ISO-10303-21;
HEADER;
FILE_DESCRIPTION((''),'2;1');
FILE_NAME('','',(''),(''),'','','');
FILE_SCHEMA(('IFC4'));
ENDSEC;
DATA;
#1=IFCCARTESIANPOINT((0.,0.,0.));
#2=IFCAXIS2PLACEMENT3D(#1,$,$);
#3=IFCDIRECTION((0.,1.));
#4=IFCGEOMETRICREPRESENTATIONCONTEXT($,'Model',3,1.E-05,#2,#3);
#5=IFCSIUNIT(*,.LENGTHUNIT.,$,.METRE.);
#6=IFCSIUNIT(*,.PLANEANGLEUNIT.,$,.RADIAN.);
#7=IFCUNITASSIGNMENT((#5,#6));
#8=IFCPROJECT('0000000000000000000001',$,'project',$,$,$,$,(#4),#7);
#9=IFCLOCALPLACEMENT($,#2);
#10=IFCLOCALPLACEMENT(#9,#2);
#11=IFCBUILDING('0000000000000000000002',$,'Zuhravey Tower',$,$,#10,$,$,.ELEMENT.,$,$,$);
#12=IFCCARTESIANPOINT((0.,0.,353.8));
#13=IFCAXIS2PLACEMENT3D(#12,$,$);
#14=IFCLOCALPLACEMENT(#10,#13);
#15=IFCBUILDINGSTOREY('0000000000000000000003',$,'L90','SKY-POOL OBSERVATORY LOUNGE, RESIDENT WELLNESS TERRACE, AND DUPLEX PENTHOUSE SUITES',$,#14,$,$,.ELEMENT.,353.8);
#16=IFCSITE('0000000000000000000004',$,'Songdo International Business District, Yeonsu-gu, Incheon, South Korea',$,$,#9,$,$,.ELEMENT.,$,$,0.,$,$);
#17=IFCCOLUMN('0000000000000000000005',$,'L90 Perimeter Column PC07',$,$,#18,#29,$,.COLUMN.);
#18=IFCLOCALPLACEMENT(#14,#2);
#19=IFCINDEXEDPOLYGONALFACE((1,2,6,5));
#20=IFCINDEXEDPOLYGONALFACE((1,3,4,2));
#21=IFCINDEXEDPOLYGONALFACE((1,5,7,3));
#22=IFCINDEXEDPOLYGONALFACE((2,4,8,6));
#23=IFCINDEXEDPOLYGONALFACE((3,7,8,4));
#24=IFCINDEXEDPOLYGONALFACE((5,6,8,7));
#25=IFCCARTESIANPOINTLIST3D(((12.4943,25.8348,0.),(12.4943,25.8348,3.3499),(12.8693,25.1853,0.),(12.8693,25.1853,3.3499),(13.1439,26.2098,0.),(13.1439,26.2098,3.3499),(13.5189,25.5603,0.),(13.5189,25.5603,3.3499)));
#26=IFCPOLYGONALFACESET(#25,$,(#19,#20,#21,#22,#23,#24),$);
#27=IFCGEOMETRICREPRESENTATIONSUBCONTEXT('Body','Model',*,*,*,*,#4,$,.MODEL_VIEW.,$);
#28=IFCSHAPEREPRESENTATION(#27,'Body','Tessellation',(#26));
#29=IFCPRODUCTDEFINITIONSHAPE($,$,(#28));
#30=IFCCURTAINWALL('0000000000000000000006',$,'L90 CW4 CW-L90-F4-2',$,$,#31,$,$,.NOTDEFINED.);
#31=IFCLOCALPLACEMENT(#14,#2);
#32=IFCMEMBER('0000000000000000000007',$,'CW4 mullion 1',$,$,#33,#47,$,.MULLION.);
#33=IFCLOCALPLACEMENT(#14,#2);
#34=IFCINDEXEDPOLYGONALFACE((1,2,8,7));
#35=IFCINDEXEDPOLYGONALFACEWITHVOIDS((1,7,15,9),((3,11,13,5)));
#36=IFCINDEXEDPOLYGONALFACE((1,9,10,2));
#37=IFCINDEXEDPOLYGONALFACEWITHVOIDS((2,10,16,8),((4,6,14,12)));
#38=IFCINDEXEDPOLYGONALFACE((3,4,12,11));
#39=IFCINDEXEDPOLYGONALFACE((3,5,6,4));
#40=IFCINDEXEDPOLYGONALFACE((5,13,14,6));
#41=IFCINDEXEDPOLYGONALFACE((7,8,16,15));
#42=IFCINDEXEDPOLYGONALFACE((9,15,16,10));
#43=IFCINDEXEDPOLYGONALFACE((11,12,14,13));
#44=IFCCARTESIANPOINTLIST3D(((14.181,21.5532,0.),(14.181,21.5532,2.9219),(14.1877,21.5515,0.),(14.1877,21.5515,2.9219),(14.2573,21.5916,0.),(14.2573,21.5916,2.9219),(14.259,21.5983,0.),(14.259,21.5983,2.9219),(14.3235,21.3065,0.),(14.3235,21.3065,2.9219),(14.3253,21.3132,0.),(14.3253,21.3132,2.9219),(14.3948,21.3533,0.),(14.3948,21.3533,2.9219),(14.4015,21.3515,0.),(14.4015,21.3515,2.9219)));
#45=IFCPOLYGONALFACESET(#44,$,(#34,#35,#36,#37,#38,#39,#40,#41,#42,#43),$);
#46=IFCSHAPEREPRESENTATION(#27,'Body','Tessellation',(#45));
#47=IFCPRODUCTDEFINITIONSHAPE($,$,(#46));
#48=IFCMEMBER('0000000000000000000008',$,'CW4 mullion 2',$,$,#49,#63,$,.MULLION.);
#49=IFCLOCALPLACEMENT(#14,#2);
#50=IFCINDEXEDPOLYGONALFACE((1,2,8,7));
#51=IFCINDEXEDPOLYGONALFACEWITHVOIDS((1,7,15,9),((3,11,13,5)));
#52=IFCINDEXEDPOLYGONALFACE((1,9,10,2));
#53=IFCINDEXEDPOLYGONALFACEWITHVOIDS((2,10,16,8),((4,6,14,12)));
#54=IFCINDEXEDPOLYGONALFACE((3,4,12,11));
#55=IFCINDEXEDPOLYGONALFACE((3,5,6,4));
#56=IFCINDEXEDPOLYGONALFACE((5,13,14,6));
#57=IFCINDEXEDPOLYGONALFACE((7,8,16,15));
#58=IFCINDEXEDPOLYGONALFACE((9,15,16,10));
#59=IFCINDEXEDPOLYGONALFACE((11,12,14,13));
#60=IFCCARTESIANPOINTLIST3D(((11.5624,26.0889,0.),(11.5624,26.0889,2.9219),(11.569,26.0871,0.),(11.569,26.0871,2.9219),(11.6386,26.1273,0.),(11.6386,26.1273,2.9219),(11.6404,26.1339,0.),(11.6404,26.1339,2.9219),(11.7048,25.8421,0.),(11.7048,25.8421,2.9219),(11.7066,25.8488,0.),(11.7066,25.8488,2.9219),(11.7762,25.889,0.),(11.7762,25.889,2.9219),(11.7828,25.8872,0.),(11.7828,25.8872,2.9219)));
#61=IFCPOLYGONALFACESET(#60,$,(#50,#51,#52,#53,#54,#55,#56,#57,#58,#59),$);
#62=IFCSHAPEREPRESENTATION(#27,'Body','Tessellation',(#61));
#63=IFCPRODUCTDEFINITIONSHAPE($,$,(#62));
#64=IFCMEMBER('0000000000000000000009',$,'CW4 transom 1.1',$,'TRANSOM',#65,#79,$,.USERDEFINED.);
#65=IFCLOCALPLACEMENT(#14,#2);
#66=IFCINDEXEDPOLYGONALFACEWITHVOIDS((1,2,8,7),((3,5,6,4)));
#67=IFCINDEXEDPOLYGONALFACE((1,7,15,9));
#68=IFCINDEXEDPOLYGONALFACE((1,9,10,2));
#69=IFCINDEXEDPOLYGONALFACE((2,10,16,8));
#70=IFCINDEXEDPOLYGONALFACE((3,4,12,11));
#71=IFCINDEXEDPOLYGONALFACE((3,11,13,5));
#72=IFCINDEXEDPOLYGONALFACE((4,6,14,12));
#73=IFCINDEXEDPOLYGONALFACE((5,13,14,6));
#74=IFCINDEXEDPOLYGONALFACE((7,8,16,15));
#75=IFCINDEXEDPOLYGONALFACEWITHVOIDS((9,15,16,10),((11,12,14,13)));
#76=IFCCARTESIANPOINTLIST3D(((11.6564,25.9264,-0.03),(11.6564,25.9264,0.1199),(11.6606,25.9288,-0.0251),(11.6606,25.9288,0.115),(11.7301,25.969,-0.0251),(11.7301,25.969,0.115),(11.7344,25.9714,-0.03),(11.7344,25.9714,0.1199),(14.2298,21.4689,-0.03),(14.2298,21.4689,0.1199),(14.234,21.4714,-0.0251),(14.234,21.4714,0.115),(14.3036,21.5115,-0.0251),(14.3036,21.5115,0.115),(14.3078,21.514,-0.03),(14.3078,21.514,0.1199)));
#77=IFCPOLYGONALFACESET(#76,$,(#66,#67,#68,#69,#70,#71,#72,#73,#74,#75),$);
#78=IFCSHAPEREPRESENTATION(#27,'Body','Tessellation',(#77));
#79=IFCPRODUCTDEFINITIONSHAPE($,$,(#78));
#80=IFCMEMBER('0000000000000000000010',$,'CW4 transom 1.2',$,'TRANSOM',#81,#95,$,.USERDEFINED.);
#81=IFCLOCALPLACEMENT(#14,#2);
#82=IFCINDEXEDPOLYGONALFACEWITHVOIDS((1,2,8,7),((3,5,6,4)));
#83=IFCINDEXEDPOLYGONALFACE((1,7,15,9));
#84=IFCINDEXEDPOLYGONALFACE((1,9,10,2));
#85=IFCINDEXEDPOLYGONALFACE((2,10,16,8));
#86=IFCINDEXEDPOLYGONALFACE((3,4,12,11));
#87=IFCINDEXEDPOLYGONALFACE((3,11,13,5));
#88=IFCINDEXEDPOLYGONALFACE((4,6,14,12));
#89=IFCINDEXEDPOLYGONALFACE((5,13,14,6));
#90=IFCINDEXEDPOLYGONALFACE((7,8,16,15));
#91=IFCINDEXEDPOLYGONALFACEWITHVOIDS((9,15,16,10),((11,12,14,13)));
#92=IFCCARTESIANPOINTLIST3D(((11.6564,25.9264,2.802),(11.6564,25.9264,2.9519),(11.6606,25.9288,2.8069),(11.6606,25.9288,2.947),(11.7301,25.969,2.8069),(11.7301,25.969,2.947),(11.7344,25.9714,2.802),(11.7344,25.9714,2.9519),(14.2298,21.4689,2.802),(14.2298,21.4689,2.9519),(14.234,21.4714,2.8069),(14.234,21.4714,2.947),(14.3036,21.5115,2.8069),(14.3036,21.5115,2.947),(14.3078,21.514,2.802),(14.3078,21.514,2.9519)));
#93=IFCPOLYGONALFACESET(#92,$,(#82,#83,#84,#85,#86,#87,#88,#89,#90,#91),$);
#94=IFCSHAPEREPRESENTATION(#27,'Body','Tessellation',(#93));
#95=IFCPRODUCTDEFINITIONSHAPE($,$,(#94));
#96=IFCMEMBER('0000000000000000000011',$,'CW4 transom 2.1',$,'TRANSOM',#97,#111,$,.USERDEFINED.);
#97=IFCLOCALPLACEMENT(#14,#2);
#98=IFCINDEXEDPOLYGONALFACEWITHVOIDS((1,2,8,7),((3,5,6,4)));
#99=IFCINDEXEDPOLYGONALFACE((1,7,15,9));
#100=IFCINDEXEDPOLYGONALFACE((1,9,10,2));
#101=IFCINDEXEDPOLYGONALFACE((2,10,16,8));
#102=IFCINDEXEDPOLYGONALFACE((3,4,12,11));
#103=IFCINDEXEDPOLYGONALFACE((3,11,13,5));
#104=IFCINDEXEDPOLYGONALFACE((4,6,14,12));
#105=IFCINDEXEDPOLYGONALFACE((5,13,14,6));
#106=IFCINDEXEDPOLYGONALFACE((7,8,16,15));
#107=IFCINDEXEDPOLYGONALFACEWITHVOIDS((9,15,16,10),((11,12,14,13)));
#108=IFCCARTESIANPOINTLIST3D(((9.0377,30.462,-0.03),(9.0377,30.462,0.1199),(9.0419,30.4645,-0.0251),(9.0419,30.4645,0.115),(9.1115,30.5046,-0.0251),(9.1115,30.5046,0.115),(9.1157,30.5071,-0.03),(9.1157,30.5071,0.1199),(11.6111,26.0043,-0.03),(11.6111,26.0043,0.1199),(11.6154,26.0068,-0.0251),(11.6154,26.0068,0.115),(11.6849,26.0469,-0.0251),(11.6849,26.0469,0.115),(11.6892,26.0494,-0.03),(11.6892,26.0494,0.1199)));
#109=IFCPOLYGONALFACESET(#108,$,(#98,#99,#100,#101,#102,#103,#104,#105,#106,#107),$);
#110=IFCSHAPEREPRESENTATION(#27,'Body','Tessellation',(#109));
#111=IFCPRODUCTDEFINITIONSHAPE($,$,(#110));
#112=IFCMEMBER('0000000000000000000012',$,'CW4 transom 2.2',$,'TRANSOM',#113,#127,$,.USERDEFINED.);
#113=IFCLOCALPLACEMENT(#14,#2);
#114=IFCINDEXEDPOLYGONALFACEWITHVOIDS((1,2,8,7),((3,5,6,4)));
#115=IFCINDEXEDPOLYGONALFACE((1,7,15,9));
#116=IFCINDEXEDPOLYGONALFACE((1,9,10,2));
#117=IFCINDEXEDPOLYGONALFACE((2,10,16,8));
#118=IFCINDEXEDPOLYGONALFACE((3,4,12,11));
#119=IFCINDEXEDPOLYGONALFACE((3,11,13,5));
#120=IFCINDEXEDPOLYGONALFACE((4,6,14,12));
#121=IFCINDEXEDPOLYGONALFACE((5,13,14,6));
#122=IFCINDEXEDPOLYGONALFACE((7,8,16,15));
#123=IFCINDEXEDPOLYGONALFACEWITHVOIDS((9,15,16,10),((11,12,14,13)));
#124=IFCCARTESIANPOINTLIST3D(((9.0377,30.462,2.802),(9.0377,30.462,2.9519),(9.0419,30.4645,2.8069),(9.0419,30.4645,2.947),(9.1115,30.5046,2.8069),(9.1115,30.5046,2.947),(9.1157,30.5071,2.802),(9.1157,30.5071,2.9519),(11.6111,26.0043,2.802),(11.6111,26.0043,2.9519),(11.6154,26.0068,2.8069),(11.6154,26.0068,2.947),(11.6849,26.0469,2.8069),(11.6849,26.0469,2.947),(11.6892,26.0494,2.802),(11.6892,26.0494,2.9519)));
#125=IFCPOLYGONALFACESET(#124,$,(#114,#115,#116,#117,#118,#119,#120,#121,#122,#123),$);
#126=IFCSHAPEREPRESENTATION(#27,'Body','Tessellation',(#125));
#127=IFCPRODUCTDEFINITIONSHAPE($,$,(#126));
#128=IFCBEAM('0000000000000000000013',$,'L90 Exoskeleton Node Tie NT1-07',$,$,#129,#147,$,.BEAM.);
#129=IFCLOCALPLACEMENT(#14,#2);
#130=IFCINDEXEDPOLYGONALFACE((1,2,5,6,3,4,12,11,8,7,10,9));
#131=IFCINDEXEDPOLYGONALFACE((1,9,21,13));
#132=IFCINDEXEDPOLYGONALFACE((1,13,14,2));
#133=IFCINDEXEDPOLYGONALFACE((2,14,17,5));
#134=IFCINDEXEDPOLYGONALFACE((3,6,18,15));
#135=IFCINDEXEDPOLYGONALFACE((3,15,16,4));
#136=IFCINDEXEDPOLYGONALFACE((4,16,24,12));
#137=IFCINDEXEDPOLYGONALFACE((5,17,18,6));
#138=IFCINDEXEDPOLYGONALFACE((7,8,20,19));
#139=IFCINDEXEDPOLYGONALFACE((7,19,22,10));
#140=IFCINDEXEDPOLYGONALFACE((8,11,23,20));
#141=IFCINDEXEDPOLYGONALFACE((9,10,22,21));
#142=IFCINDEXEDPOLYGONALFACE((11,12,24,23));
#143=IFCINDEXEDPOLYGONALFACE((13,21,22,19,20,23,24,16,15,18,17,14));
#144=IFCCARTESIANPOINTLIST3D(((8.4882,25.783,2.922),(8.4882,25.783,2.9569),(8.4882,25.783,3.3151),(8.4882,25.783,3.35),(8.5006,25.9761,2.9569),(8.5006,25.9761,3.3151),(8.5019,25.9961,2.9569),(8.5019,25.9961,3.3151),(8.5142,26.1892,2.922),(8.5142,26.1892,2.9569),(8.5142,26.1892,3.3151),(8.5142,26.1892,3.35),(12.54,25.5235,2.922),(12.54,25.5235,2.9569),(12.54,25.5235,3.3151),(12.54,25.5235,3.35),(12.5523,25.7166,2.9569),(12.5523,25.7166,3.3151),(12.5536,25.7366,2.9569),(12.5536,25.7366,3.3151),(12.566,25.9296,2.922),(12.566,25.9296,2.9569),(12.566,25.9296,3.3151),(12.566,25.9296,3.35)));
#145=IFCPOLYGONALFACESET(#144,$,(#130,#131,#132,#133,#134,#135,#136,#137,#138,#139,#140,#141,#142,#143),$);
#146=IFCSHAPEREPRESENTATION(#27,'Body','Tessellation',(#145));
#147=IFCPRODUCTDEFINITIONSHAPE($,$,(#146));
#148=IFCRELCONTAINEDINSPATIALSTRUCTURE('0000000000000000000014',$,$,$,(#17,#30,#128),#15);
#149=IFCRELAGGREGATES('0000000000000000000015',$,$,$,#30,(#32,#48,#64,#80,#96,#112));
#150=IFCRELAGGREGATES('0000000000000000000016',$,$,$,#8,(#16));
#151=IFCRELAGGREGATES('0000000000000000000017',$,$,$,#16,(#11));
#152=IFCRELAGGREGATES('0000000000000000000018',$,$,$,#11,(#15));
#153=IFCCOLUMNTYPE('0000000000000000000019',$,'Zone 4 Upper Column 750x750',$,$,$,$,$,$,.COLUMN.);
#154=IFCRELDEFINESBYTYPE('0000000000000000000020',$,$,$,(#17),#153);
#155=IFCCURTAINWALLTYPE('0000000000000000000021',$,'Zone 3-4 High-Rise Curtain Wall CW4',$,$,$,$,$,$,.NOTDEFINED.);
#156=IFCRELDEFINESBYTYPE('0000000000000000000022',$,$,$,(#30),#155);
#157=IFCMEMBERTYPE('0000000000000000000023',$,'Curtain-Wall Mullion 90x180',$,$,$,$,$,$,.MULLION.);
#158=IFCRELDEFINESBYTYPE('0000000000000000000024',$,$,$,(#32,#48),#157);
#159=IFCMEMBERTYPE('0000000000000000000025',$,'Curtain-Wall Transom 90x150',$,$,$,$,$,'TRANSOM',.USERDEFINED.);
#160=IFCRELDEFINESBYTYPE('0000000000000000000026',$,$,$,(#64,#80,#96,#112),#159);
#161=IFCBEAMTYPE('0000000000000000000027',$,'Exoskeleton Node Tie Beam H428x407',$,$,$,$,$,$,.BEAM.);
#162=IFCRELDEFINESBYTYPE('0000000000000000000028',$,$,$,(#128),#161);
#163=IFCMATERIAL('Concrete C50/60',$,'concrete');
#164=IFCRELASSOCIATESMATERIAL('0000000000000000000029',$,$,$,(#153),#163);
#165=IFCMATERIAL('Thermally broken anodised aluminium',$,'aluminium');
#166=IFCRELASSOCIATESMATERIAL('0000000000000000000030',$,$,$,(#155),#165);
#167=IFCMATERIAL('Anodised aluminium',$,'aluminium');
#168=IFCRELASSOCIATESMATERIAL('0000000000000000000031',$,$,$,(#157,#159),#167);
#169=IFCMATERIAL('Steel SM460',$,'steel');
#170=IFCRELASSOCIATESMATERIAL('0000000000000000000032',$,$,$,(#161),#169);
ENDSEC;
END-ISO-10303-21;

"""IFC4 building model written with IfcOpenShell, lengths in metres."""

from ifc_helpers import new_model, si_unit, direction, frame, origin, origin_2d, place, context, subcontext, project, spatial, rectangle, hollow_rectangle, i_section, extrude, material, material_profile, profile_set, type_object, element, aggregate, save


model = new_model("IFC4")

# Units and contexts
model_context = context("Model", 3, precision=1e-05, world=origin(), true_north=direction((0.0, 1.0)))
body_context = subcontext(model_context, "Body", "Model", "MODEL_VIEW")
ifc_project = project(units=[si_unit("LENGTHUNIT", "METRE"), si_unit("PLANEANGLEUNIT", "RADIAN")], contexts=[model_context])

# Site, building, storey
site_placement = place(None, origin())
site = spatial("IfcSite", under=ifc_project, at=site_placement, Name="Songdo International Business District, Yeonsu-gu, Incheon, South Korea", CompositionType="ELEMENT", RefElevation=0.0)
building_placement = place(site_placement, origin())
building = spatial("IfcBuilding", under=site, at=building_placement, Name="Zuhravey Tower", CompositionType="ELEMENT")
storey_placement = place(building_placement, frame((0.0, 0.0, 353.8)))
storey = spatial("IfcBuildingStorey", under=building, at=storey_placement, Name="L90", Description="SKY-POOL OBSERVATORY LOUNGE, RESIDENT WELLNESS TERRACE, AND DUPLEX PENTHOUSE SUITES", CompositionType="ELEMENT", Elevation=353.8)

# Column
ifc_material_1 = material(Name="Concrete C50/60", Category="concrete")
ifc_material_profile_1 = material_profile(ifc_material_1, rectangle(XDim=0.75, YDim=0.75, at=origin_2d()), Name="RC-750x750")
ifc_profile_set_1 = profile_set([ifc_material_profile_1], Name="Concrete C50/60")
column_type = type_object("IfcColumnType", Name="Zone 4 Upper Column 750x750", PredefinedType="COLUMN", material=ifc_profile_set_1)
column_placement = place(storey_placement, frame((13.0066, 25.6975, 0.0), z_axis=(0.0, 0.0, 1.0), x_axis=(0.5, -0.866025, 0.0)))
element("IfcColumn", 1, at=column_placement, inside=storey, type_object=column_type, Name="L90 Perimeter Column PC07", PredefinedType="COLUMN", context=body_context, shape_type="SweptSolid", body=[
    extrude(rectangle(XDim=0.75, YDim=0.75, at=origin_2d()), origin(), (0.0, 0.0, 1.0), 3.3499),
])

# Curtain wall, members
ifc_material_2 = material(Name="Thermally broken anodised aluminium", Category="aluminium")
curtain_wall_type = type_object("IfcCurtainWallType", Name="Zone 3-4 High-Rise Curtain Wall CW4", PredefinedType="NOTDEFINED", material=ifc_material_2)
curtain_wall_placement = place(storey_placement, origin())
curtain_wall = element("IfcCurtainWall", 2, at=curtain_wall_placement, inside=storey, type_object=curtain_wall_type, Name="L90 CW4 CW-L90-F4-2", PredefinedType="NOTDEFINED")
ifc_material_3 = material(Name="Anodised aluminium", Category="aluminium")
ifc_material_profile_2 = material_profile(ifc_material_3, hollow_rectangle(XDim=0.0901, YDim=0.2849, WallThickness=0.0049, at=origin_2d()), Name="ALU-RHS-90x285x5")
ifc_profile_set_2 = profile_set([ifc_material_profile_2], Name="Anodised aluminium")
member_type_1 = type_object("IfcMemberType", Name="Curtain-Wall Mullion 90x180", PredefinedType="MULLION", material=ifc_profile_set_2)
member_1_placement = place(storey_placement, frame((14.2913, 21.4524, 0.0), z_axis=(0.0, 0.0, 1.0), x_axis=(-0.866024, -0.500002, 0.0)))
member_1 = element("IfcMember", 3, at=member_1_placement, type_object=member_type_1, Name="CW4 mullion 1", PredefinedType="MULLION", context=body_context, shape_type="SweptSolid", body=[
    extrude(hollow_rectangle(XDim=0.0901, YDim=0.2849, WallThickness=0.0049, at=origin_2d()), origin(), (0.0, 0.0, 1.0), 2.9219),
])
member_2_placement = place(storey_placement, frame((11.6726, 25.988, 0.0), z_axis=(0.0, 0.0, 1.0), x_axis=(-0.866024, -0.500002, 0.0)))
member_2 = element("IfcMember", 4, at=member_2_placement, type_object=member_type_1, Name="CW4 mullion 2", PredefinedType="MULLION", context=body_context, shape_type="SweptSolid", body=[
    extrude(hollow_rectangle(XDim=0.0901, YDim=0.2849, WallThickness=0.0049, at=origin_2d()), origin(), (0.0, 0.0, 1.0), 2.9219),
])
ifc_material_profile_3 = material_profile(ifc_material_3, hollow_rectangle(XDim=0.0901, YDim=0.1499, WallThickness=0.0049, at=origin_2d()), Name="ALU-RHS-90x150x5")
ifc_profile_set_3 = profile_set([ifc_material_profile_3], Name="Anodised aluminium")
member_type_2 = type_object("IfcMemberType", Name="Curtain-Wall Transom 90x150", ElementType="TRANSOM", PredefinedType="USERDEFINED", material=ifc_profile_set_3)
member_3_placement = place(storey_placement, frame((14.2688, 21.4915, 0.0449), z_axis=(-0.499991, 0.866031, 0.0), x_axis=(-0.866031, -0.499991, 0.0)))
member_3 = element("IfcMember", 5, at=member_3_placement, type_object=member_type_2, Name="CW4 transom 1.1", ObjectType="TRANSOM", PredefinedType="USERDEFINED", context=body_context, shape_type="SweptSolid", body=[
    extrude(hollow_rectangle(XDim=0.0901, YDim=0.1499, WallThickness=0.0049, at=origin_2d()), origin(), (0.0, 0.0, 1.0), 5.147),
])
member_4_placement = place(storey_placement, frame((14.2688, 21.4915, 2.877), z_axis=(-0.499991, 0.866031, 0.0), x_axis=(-0.866031, -0.499991, 0.0)))
member_4 = element("IfcMember", 6, at=member_4_placement, type_object=member_type_2, Name="CW4 transom 1.2", ObjectType="TRANSOM", PredefinedType="USERDEFINED", context=body_context, shape_type="SweptSolid", body=[
    extrude(hollow_rectangle(XDim=0.0901, YDim=0.1499, WallThickness=0.0049, at=origin_2d()), origin(), (0.0, 0.0, 1.0), 5.147),
])
member_5_placement = place(storey_placement, frame((11.6501, 26.0269, 0.0449), z_axis=(-0.49997, 0.866043, 0.0), x_axis=(-0.866043, -0.49997, 0.0)))
member_5 = element("IfcMember", 7, at=member_5_placement, type_object=member_type_2, Name="CW4 transom 2.1", ObjectType="TRANSOM", PredefinedType="USERDEFINED", context=body_context, shape_type="SweptSolid", body=[
    extrude(hollow_rectangle(XDim=0.0901, YDim=0.1499, WallThickness=0.0049, at=origin_2d()), origin(), (0.0, 0.0, 1.0), 5.1472),
])
member_6_placement = place(storey_placement, frame((11.6501, 26.0269, 2.877), z_axis=(-0.49997, 0.866043, 0.0), x_axis=(-0.866043, -0.49997, 0.0)))
member_6 = element("IfcMember", 8, at=member_6_placement, type_object=member_type_2, Name="CW4 transom 2.2", ObjectType="TRANSOM", PredefinedType="USERDEFINED", context=body_context, shape_type="SweptSolid", body=[
    extrude(hollow_rectangle(XDim=0.0901, YDim=0.1499, WallThickness=0.0049, at=origin_2d()), origin(), (0.0, 0.0, 1.0), 5.1472),
])

# Beam
ifc_material_4 = material(Name="Steel SM460", Category="steel")
ifc_material_profile_4 = material_profile(ifc_material_4, i_section(OverallWidth=0.407, OverallDepth=0.428, WebThickness=0.02, FlangeThickness=0.0349, at=origin_2d()), Name="H-428x407x20x35")
ifc_profile_set_4 = profile_set([ifc_material_profile_4], Name="Steel SM460")
beam_type_1 = type_object("IfcBeamType", Name="Exoskeleton Node Tie Beam H428x407", PredefinedType="BEAM", material=ifc_profile_set_4)
beam_1_placement = place(storey_placement, frame((12.553, 25.7266, 3.136), z_axis=(-0.997955, 0.063921, 0.0), x_axis=(-0.063921, -0.997955, 0.0)))
element("IfcBeam", 9, at=beam_1_placement, inside=storey, type_object=beam_type_1, Name="L90 Exoskeleton Node Tie NT1-07", PredefinedType="BEAM", context=body_context, shape_type="SweptSolid", body=[
    extrude(i_section(OverallWidth=0.407, OverallDepth=0.428, WebThickness=0.02, FlangeThickness=0.0349, at=origin_2d()), origin(), (0.0, 0.0, 1.0), 4.0601),
])

aggregate(curtain_wall, [member_1, member_2, member_3, member_4, member_5, member_6])

save(model, "model.ifc")
